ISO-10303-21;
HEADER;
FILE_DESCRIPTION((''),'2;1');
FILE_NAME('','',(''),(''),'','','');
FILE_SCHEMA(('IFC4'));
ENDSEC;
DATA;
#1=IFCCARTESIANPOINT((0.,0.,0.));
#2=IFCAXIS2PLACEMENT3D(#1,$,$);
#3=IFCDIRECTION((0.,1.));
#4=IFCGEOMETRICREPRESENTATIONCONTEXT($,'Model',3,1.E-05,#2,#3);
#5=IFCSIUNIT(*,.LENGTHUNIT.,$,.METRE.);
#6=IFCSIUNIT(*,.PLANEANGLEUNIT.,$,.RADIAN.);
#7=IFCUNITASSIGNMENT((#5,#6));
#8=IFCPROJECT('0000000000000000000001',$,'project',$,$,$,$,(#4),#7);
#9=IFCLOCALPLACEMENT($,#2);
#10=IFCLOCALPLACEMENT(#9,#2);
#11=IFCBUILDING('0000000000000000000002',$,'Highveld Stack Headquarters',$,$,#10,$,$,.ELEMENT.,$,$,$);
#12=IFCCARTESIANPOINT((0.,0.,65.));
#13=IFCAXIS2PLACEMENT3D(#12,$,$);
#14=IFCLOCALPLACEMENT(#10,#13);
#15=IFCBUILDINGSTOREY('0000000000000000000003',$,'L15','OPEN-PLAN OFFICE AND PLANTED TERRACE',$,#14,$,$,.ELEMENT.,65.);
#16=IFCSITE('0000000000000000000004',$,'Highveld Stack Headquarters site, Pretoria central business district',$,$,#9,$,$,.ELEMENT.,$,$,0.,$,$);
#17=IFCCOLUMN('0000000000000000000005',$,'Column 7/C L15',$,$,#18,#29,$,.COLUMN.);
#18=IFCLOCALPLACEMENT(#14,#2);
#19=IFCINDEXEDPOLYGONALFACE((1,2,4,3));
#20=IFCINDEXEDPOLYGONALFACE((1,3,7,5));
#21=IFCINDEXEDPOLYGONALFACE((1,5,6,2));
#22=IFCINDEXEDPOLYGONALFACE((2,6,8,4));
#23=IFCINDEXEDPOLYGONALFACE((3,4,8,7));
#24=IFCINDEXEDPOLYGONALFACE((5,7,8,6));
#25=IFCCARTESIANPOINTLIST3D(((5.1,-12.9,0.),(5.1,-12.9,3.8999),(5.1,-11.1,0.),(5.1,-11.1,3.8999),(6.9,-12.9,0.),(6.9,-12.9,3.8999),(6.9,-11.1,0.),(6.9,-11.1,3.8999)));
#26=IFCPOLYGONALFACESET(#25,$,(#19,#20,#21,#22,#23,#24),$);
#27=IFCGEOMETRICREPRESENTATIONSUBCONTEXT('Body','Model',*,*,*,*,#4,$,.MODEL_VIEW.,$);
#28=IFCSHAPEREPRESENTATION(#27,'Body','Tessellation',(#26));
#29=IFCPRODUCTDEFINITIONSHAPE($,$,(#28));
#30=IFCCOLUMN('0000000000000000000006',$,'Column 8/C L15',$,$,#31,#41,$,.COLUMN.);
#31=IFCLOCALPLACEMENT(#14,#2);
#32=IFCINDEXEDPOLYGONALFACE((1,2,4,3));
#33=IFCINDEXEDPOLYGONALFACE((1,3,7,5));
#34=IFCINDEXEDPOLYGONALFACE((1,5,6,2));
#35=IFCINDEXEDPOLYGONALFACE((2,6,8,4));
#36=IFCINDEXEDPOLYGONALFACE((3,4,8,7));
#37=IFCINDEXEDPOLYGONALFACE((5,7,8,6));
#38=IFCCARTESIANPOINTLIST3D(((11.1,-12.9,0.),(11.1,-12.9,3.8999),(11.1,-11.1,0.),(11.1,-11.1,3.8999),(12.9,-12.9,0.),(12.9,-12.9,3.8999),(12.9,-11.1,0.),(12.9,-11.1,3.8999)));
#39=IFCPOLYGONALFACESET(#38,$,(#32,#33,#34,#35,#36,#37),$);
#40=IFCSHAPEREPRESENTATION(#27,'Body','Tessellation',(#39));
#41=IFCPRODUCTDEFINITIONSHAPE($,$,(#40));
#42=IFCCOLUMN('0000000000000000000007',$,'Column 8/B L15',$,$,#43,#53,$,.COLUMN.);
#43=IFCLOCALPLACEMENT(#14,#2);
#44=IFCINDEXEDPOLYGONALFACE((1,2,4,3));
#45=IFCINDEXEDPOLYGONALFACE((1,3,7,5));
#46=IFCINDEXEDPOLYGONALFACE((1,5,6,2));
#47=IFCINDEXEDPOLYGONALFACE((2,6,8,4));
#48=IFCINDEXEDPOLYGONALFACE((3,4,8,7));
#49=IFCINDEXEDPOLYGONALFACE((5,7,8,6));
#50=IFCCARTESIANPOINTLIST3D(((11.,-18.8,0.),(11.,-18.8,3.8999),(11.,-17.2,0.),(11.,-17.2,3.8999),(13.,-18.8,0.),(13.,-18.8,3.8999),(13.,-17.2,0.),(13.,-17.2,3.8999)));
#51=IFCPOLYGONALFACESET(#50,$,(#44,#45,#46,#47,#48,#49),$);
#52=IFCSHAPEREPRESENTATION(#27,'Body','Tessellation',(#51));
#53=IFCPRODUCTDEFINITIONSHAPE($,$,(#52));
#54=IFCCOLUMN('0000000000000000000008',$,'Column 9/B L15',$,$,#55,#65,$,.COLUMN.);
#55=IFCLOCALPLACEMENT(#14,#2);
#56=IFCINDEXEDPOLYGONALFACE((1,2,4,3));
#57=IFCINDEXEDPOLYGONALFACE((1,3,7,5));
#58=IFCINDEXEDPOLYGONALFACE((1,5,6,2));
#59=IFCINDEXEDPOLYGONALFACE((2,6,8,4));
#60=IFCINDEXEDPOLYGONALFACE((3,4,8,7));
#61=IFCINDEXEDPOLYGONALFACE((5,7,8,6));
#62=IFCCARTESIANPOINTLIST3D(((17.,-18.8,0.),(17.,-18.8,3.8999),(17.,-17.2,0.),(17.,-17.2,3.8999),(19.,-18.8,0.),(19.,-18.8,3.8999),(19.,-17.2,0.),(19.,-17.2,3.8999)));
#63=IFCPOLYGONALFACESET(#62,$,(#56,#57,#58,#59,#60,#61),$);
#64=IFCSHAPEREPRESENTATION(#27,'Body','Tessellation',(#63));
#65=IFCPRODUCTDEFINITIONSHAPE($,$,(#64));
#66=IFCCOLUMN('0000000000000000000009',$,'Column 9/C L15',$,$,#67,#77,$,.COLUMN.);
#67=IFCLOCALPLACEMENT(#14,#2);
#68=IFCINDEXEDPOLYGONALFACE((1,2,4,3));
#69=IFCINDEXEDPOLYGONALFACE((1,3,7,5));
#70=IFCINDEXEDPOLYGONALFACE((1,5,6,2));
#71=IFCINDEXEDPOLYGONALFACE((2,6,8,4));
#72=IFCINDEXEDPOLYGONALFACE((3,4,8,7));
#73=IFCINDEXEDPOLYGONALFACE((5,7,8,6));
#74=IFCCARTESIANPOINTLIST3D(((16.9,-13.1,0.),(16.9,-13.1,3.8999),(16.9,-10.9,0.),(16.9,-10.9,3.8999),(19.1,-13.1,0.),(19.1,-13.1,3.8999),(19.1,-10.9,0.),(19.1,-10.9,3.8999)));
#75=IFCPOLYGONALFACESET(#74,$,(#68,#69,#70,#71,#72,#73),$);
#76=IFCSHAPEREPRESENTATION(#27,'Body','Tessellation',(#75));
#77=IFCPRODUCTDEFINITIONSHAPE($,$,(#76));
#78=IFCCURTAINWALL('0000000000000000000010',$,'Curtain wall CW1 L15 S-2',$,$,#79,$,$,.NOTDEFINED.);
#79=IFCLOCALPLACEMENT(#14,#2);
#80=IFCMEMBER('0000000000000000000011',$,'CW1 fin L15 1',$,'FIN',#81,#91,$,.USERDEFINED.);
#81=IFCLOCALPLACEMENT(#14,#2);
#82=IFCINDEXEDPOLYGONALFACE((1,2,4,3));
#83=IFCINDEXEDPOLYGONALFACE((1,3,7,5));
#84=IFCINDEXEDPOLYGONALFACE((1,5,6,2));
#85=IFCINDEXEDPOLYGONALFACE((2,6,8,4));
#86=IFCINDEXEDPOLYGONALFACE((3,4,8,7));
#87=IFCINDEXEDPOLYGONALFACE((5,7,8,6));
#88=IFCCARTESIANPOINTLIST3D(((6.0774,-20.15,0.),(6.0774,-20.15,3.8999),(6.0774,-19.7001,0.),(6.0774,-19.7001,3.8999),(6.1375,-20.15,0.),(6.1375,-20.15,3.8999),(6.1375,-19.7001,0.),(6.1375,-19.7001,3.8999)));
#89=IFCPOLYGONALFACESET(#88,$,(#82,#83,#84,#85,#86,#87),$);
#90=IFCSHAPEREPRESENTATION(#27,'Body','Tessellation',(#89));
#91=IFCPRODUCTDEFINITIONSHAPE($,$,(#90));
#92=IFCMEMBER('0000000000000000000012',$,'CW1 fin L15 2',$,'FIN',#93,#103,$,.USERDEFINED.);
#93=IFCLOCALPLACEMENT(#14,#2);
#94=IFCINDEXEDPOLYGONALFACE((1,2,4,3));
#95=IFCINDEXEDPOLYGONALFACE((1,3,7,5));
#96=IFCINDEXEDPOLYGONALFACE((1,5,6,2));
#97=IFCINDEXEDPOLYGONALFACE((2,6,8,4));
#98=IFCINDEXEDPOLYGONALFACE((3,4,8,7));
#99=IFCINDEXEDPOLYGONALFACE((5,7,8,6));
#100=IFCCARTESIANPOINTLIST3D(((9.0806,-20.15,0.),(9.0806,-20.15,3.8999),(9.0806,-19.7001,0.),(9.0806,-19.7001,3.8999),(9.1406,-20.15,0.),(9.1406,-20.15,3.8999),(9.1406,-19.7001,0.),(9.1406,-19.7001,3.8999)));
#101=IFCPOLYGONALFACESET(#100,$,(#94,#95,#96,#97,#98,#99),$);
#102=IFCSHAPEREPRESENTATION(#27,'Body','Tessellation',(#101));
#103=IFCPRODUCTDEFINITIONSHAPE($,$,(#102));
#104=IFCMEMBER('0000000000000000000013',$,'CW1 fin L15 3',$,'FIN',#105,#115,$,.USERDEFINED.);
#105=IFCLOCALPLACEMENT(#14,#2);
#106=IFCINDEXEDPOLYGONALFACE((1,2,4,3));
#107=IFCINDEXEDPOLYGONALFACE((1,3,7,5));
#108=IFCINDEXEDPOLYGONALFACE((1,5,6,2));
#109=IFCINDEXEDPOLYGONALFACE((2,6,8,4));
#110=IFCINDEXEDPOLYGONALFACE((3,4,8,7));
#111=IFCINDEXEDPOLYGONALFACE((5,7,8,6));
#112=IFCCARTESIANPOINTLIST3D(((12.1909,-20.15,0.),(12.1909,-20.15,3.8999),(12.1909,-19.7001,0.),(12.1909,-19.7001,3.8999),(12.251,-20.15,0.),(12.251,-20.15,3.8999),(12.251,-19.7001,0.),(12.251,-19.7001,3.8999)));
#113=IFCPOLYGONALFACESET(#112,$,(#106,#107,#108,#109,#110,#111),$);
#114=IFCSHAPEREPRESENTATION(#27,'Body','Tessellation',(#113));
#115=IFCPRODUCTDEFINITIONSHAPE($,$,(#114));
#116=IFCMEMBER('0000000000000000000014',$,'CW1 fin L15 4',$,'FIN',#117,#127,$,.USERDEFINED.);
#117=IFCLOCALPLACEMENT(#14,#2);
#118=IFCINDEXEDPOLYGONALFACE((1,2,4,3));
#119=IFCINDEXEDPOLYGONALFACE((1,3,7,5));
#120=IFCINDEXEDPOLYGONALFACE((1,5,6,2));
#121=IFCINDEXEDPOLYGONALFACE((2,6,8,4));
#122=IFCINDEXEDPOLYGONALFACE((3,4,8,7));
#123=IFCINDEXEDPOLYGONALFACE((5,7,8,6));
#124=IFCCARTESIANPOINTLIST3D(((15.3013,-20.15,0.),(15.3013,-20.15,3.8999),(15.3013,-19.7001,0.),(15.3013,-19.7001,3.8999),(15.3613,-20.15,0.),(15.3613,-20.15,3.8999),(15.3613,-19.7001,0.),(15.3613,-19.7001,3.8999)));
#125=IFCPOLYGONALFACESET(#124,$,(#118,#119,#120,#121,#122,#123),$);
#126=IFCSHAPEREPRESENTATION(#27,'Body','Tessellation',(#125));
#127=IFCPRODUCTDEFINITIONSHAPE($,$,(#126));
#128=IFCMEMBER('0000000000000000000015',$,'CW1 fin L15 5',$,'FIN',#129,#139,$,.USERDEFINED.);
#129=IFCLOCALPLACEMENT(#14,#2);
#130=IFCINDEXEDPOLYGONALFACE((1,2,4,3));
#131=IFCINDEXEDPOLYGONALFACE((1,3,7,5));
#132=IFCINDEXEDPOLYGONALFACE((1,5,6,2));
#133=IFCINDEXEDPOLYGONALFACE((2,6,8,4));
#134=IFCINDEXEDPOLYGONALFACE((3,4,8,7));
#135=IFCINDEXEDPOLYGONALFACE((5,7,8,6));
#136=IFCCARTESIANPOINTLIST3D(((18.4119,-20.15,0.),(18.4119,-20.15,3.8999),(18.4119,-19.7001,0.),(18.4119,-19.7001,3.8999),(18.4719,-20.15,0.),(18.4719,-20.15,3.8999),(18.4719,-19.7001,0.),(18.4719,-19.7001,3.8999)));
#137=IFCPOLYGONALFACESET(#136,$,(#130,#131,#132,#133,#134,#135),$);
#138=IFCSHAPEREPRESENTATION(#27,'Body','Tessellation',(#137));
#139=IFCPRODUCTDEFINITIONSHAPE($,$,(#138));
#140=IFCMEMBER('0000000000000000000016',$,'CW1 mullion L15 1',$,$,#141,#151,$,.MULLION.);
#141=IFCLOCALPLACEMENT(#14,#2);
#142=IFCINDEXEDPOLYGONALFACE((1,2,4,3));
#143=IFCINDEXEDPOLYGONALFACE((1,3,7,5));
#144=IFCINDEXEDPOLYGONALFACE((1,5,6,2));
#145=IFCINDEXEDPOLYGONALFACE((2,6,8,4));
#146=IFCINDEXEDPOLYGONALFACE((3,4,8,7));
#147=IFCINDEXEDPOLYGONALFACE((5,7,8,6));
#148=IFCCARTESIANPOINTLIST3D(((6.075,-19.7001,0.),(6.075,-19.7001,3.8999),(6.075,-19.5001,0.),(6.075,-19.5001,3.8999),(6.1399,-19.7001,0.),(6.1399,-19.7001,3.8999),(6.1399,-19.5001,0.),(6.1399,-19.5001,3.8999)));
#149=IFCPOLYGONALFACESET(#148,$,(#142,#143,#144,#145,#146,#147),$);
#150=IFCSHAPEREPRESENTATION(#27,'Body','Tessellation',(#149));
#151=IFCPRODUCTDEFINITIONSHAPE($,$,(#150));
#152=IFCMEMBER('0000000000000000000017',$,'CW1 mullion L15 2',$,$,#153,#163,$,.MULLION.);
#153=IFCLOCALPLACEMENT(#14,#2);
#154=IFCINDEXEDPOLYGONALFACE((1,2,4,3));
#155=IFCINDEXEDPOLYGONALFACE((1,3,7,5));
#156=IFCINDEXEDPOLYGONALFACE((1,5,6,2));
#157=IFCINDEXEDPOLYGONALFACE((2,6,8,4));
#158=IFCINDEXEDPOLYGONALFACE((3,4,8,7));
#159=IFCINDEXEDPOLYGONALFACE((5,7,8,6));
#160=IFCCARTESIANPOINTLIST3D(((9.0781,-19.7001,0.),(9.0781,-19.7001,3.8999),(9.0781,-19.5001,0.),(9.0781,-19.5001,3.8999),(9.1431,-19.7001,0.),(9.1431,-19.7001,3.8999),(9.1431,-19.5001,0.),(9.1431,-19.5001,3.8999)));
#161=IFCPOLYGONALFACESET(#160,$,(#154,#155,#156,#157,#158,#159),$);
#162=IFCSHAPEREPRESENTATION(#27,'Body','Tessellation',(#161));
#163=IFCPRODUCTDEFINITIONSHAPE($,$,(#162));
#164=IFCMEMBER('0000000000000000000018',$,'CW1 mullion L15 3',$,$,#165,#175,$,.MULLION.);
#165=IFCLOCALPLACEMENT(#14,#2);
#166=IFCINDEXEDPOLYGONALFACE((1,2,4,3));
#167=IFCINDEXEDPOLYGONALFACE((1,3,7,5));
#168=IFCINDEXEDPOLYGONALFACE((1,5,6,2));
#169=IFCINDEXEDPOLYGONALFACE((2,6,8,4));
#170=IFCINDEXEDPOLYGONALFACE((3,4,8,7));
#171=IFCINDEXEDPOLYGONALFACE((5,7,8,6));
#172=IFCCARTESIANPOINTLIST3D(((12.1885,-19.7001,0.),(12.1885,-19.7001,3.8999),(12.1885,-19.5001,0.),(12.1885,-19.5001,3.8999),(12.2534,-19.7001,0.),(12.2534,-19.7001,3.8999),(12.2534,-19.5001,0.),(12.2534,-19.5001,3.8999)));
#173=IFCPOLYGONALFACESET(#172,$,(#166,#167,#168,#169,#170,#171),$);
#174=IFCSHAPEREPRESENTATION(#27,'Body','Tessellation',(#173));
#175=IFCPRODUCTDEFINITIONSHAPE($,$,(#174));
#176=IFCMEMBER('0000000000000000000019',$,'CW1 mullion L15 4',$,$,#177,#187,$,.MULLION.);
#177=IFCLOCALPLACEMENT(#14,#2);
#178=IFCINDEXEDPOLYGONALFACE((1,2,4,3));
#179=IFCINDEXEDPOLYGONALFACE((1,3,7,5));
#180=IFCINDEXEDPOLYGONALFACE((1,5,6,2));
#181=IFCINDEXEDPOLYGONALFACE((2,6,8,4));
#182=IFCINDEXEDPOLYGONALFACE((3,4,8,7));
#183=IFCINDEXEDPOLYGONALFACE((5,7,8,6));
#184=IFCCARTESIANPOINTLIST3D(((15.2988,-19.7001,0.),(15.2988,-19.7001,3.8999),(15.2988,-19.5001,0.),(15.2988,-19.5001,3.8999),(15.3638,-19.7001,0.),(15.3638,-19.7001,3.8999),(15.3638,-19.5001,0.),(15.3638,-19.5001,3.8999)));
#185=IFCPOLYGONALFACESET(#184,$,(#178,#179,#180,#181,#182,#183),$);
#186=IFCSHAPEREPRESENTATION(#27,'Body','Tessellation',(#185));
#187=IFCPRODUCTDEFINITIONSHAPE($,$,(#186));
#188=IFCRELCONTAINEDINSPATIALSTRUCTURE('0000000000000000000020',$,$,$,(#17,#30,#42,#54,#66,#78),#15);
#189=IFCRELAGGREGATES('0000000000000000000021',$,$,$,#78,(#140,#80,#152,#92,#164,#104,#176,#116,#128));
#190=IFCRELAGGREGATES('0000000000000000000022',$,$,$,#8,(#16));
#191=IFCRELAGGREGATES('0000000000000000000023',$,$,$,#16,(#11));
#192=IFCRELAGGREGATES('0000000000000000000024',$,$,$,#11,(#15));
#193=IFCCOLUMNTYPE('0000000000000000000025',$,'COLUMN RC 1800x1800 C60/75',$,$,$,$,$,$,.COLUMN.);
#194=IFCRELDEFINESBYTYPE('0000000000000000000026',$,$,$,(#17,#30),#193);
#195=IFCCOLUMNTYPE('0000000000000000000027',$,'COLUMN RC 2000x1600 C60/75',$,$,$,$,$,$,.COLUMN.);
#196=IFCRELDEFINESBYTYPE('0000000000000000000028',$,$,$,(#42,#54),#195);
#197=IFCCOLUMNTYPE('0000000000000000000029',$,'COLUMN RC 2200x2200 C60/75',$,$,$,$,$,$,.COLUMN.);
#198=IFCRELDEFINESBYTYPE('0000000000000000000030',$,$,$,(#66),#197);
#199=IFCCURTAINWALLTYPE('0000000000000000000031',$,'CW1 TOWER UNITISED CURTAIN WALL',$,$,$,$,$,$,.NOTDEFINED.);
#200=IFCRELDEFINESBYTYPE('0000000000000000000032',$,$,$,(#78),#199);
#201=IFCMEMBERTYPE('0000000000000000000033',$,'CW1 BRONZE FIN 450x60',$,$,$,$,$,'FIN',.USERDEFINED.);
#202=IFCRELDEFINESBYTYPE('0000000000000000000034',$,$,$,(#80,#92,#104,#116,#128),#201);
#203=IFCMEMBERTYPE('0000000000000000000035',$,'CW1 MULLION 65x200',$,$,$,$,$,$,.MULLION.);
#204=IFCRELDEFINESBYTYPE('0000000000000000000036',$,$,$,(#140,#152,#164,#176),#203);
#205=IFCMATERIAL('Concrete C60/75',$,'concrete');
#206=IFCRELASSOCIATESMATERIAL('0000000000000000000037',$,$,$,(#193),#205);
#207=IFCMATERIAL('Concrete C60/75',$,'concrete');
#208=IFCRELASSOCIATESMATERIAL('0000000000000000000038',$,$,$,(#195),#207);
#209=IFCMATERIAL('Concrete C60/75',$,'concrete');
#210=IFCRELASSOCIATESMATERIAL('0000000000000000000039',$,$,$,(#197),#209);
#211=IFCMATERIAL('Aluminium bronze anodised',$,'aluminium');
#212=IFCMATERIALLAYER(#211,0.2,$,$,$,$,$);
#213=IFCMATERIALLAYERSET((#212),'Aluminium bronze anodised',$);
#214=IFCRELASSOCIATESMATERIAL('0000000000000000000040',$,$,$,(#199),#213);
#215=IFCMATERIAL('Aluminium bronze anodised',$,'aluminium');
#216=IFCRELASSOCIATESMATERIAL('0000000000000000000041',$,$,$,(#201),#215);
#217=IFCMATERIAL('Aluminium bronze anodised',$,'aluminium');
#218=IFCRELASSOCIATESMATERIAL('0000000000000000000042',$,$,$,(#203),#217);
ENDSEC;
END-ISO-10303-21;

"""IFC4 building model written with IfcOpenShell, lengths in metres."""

from ifc_helpers import new_model, si_unit, direction, frame, origin, origin_2d, place, context, subcontext, project, spatial, rectangle, extrude, material, layer, layer_set, material_profile, profile_set, type_object, element, aggregate, save


model = new_model("IFC4")

# Units and contexts
model_context = context("Model", 3, precision=1e-05, world=origin(), true_north=direction((0.0, 1.0)))
body_context = subcontext(model_context, "Body", "Model", "MODEL_VIEW")
ifc_project = project(units=[si_unit("LENGTHUNIT", "METRE"), si_unit("PLANEANGLEUNIT", "RADIAN")], contexts=[model_context])

# Site, building, storey
site_placement = place(None, origin())
site = spatial("IfcSite", under=ifc_project, at=site_placement, Name="Highveld Stack Headquarters site, Pretoria central business district", CompositionType="ELEMENT", RefElevation=0.0)
building_placement = place(site_placement, origin())
building = spatial("IfcBuilding", under=site, at=building_placement, Name="Highveld Stack Headquarters", CompositionType="ELEMENT")
storey_placement = place(building_placement, frame((0.0, 0.0, 65.0)))
storey = spatial("IfcBuildingStorey", under=building, at=storey_placement, Name="L15", Description="OPEN-PLAN OFFICE AND PLANTED TERRACE", CompositionType="ELEMENT", Elevation=65.0)

# Columns
ifc_material_1 = material(Name="Concrete C60/75", Category="concrete")
ifc_material_profile_1 = material_profile(ifc_material_1, rectangle(XDim=1.8, YDim=1.8, at=origin_2d()), Name="RC 1800x1800")
ifc_profile_set_1 = profile_set([ifc_material_profile_1], Name="Concrete C60/75")
column_type_1 = type_object("IfcColumnType", Name="COLUMN RC 1800x1800 C60/75", PredefinedType="COLUMN", material=ifc_profile_set_1)
for number, where, z_axis, x_axis, name in (
    (1, (6.0, -12.0, 0.0), (0.0, 0.0, 1.0), (1.0, 0.0, 0.0), "Column 7/C L15"),
    (2, (12.0, -12.0, 0.0), (0.0, 0.0, 1.0), (1.0, 0.0, 0.0), "Column 8/C L15"),
):
    element("IfcColumn", number, at=place(storey_placement, frame(where, z_axis=z_axis, x_axis=x_axis)), inside=storey, type_object=column_type_1, Name=name, PredefinedType="COLUMN", context=body_context, shape_type="SweptSolid", body=[
        extrude(rectangle(XDim=1.8, YDim=1.8, at=origin_2d()), origin(), (0.0, 0.0, 1.0), 3.8999),
    ])
ifc_material_2 = material(Name="Concrete C60/75", Category="concrete")
ifc_material_profile_2 = material_profile(ifc_material_2, rectangle(XDim=2.0, YDim=1.6001, at=origin_2d()), Name="RC 2000x1600")
ifc_profile_set_2 = profile_set([ifc_material_profile_2], Name="Concrete C60/75")
column_type_2 = type_object("IfcColumnType", Name="COLUMN RC 2000x1600 C60/75", PredefinedType="COLUMN", material=ifc_profile_set_2)
for number, where, z_axis, x_axis, name in (
    (3, (12.0, -18.0, 0.0), (0.0, 0.0, 1.0), (1.0, 0.0, 0.0), "Column 8/B L15"),
    (4, (18.0, -18.0, 0.0), (0.0, 0.0, 1.0), (1.0, 0.0, 0.0), "Column 9/B L15"),
):
    element("IfcColumn", number, at=place(storey_placement, frame(where, z_axis=z_axis, x_axis=x_axis)), inside=storey, type_object=column_type_2, Name=name, PredefinedType="COLUMN", context=body_context, shape_type="SweptSolid", body=[
        extrude(rectangle(XDim=2.0, YDim=1.6001, at=origin_2d()), origin(), (0.0, 0.0, 1.0), 3.8999),
    ])
ifc_material_3 = material(Name="Concrete C60/75", Category="concrete")
ifc_material_profile_3 = material_profile(ifc_material_3, rectangle(XDim=2.2, YDim=2.2, at=origin_2d()), Name="RC 2200x2200")
ifc_profile_set_3 = profile_set([ifc_material_profile_3], Name="Concrete C60/75")
column_type_3 = type_object("IfcColumnType", Name="COLUMN RC 2200x2200 C60/75", PredefinedType="COLUMN", material=ifc_profile_set_3)
column_placement = place(storey_placement, frame((18.0, -12.0, 0.0), z_axis=(0.0, 0.0, 1.0), x_axis=(1.0, 0.0, 0.0)))
element("IfcColumn", 5, at=column_placement, inside=storey, type_object=column_type_3, Name="Column 9/C L15", PredefinedType="COLUMN", context=body_context, shape_type="SweptSolid", body=[
    extrude(rectangle(XDim=2.2, YDim=2.2, at=origin_2d()), origin(), (0.0, 0.0, 1.0), 3.8999),
])

# Curtain wall, members
ifc_material_4 = material(Name="Aluminium bronze anodised", Category="aluminium")
ifc_layer_1 = layer(ifc_material_4, 0.2)
ifc_layer_set_1 = layer_set([ifc_layer_1], Name="Aluminium bronze anodised")
curtain_wall_type = type_object("IfcCurtainWallType", Name="CW1 TOWER UNITISED CURTAIN WALL", PredefinedType="NOTDEFINED", material=ifc_layer_set_1)
curtain_wall_placement = place(storey_placement, origin())
curtain_wall = element("IfcCurtainWall", 6, at=curtain_wall_placement, inside=storey, type_object=curtain_wall_type, Name="Curtain wall CW1 L15 S-2", PredefinedType="NOTDEFINED")
ifc_material_5 = material(Name="Aluminium bronze anodised", Category="aluminium")
ifc_material_profile_4 = material_profile(ifc_material_5, rectangle(XDim=0.45, YDim=0.0601, at=origin_2d()), Name="FIN 450x60")
ifc_profile_set_4 = profile_set([ifc_material_profile_4], Name="Aluminium bronze anodised")
member_type_1 = type_object("IfcMemberType", Name="CW1 BRONZE FIN 450x60", ElementType="FIN", PredefinedType="USERDEFINED", material=ifc_profile_set_4)
member_1_placement = place(storey_placement, frame((6.1074, -19.925, 0.0), z_axis=(0.0, 0.0, 1.0), x_axis=(0.0, 1.0, 0.0)))
member_1 = element("IfcMember", 7, at=member_1_placement, type_object=member_type_1, Name="CW1 fin L15 1", ObjectType="FIN", PredefinedType="USERDEFINED", context=body_context, shape_type="SweptSolid", body=[
    extrude(rectangle(XDim=0.45, YDim=0.0601, at=origin_2d()), origin(), (0.0, 0.0, 1.0), 3.8999),
])
member_2_placement = place(storey_placement, frame((9.1106, -19.925, 0.0), z_axis=(0.0, 0.0, 1.0), x_axis=(0.0, 1.0, 0.0)))
member_2 = element("IfcMember", 8, at=member_2_placement, type_object=member_type_1, Name="CW1 fin L15 2", ObjectType="FIN", PredefinedType="USERDEFINED", context=body_context, shape_type="SweptSolid", body=[
    extrude(rectangle(XDim=0.45, YDim=0.0601, at=origin_2d()), origin(), (0.0, 0.0, 1.0), 3.8999),
])
member_3_placement = place(storey_placement, frame((12.2209, -19.925, 0.0), z_axis=(0.0, 0.0, 1.0), x_axis=(0.0, 1.0, 0.0)))
member_3 = element("IfcMember", 9, at=member_3_placement, type_object=member_type_1, Name="CW1 fin L15 3", ObjectType="FIN", PredefinedType="USERDEFINED", context=body_context, shape_type="SweptSolid", body=[
    extrude(rectangle(XDim=0.45, YDim=0.0601, at=origin_2d()), origin(), (0.0, 0.0, 1.0), 3.8999),
])
member_4_placement = place(storey_placement, frame((15.3313, -19.925, 0.0), z_axis=(0.0, 0.0, 1.0), x_axis=(0.0, 1.0, 0.0)))
member_4 = element("IfcMember", 10, at=member_4_placement, type_object=member_type_1, Name="CW1 fin L15 4", ObjectType="FIN", PredefinedType="USERDEFINED", context=body_context, shape_type="SweptSolid", body=[
    extrude(rectangle(XDim=0.45, YDim=0.0601, at=origin_2d()), origin(), (0.0, 0.0, 1.0), 3.8999),
])
member_5_placement = place(storey_placement, frame((18.4419, -19.925, 0.0), z_axis=(0.0, 0.0, 1.0), x_axis=(0.0, 1.0, 0.0)))
member_5 = element("IfcMember", 11, at=member_5_placement, type_object=member_type_1, Name="CW1 fin L15 5", ObjectType="FIN", PredefinedType="USERDEFINED", context=body_context, shape_type="SweptSolid", body=[
    extrude(rectangle(XDim=0.45, YDim=0.0601, at=origin_2d()), origin(), (0.0, 0.0, 1.0), 3.8999),
])
ifc_material_6 = material(Name="Aluminium bronze anodised", Category="aluminium")
ifc_material_profile_5 = material_profile(ifc_material_6, rectangle(XDim=0.2, YDim=0.0649, at=origin_2d()), Name="CW1 MULLION 65x200")
ifc_profile_set_5 = profile_set([ifc_material_profile_5], Name="Aluminium bronze anodised")
member_type_2 = type_object("IfcMemberType", Name="CW1 MULLION 65x200", PredefinedType="MULLION", material=ifc_profile_set_5)
member_6_placement = place(storey_placement, frame((6.1074, -19.6001, 0.0), z_axis=(0.0, 0.0, 1.0), x_axis=(0.0, 1.0, 0.0)))
member_6 = element("IfcMember", 12, at=member_6_placement, type_object=member_type_2, Name="CW1 mullion L15 1", PredefinedType="MULLION", context=body_context, shape_type="SweptSolid", body=[
    extrude(rectangle(XDim=0.2, YDim=0.0649, at=origin_2d()), origin(), (0.0, 0.0, 1.0), 3.8999),
])
member_7_placement = place(storey_placement, frame((9.1106, -19.6001, 0.0), z_axis=(0.0, 0.0, 1.0), x_axis=(0.0, 1.0, 0.0)))
member_7 = element("IfcMember", 13, at=member_7_placement, type_object=member_type_2, Name="CW1 mullion L15 2", PredefinedType="MULLION", context=body_context, shape_type="SweptSolid", body=[
    extrude(rectangle(XDim=0.2, YDim=0.0649, at=origin_2d()), origin(), (0.0, 0.0, 1.0), 3.8999),
])
member_8_placement = place(storey_placement, frame((12.2209, -19.6001, 0.0), z_axis=(0.0, 0.0, 1.0), x_axis=(0.0, 1.0, 0.0)))
member_8 = element("IfcMember", 14, at=member_8_placement, type_object=member_type_2, Name="CW1 mullion L15 3", PredefinedType="MULLION", context=body_context, shape_type="SweptSolid", body=[
    extrude(rectangle(XDim=0.2, YDim=0.0649, at=origin_2d()), origin(), (0.0, 0.0, 1.0), 3.8999),
])
member_9_placement = place(storey_placement, frame((15.3313, -19.6001, 0.0), z_axis=(0.0, 0.0, 1.0), x_axis=(0.0, 1.0, 0.0)))
member_9 = element("IfcMember", 15, at=member_9_placement, type_object=member_type_2, Name="CW1 mullion L15 4", PredefinedType="MULLION", context=body_context, shape_type="SweptSolid", body=[
    extrude(rectangle(XDim=0.2, YDim=0.0649, at=origin_2d()), origin(), (0.0, 0.0, 1.0), 3.8999),
])
aggregate(curtain_wall, [member_6, member_1, member_7, member_2, member_8, member_3, member_9, member_4, member_5])

save(model, "model.ifc")
